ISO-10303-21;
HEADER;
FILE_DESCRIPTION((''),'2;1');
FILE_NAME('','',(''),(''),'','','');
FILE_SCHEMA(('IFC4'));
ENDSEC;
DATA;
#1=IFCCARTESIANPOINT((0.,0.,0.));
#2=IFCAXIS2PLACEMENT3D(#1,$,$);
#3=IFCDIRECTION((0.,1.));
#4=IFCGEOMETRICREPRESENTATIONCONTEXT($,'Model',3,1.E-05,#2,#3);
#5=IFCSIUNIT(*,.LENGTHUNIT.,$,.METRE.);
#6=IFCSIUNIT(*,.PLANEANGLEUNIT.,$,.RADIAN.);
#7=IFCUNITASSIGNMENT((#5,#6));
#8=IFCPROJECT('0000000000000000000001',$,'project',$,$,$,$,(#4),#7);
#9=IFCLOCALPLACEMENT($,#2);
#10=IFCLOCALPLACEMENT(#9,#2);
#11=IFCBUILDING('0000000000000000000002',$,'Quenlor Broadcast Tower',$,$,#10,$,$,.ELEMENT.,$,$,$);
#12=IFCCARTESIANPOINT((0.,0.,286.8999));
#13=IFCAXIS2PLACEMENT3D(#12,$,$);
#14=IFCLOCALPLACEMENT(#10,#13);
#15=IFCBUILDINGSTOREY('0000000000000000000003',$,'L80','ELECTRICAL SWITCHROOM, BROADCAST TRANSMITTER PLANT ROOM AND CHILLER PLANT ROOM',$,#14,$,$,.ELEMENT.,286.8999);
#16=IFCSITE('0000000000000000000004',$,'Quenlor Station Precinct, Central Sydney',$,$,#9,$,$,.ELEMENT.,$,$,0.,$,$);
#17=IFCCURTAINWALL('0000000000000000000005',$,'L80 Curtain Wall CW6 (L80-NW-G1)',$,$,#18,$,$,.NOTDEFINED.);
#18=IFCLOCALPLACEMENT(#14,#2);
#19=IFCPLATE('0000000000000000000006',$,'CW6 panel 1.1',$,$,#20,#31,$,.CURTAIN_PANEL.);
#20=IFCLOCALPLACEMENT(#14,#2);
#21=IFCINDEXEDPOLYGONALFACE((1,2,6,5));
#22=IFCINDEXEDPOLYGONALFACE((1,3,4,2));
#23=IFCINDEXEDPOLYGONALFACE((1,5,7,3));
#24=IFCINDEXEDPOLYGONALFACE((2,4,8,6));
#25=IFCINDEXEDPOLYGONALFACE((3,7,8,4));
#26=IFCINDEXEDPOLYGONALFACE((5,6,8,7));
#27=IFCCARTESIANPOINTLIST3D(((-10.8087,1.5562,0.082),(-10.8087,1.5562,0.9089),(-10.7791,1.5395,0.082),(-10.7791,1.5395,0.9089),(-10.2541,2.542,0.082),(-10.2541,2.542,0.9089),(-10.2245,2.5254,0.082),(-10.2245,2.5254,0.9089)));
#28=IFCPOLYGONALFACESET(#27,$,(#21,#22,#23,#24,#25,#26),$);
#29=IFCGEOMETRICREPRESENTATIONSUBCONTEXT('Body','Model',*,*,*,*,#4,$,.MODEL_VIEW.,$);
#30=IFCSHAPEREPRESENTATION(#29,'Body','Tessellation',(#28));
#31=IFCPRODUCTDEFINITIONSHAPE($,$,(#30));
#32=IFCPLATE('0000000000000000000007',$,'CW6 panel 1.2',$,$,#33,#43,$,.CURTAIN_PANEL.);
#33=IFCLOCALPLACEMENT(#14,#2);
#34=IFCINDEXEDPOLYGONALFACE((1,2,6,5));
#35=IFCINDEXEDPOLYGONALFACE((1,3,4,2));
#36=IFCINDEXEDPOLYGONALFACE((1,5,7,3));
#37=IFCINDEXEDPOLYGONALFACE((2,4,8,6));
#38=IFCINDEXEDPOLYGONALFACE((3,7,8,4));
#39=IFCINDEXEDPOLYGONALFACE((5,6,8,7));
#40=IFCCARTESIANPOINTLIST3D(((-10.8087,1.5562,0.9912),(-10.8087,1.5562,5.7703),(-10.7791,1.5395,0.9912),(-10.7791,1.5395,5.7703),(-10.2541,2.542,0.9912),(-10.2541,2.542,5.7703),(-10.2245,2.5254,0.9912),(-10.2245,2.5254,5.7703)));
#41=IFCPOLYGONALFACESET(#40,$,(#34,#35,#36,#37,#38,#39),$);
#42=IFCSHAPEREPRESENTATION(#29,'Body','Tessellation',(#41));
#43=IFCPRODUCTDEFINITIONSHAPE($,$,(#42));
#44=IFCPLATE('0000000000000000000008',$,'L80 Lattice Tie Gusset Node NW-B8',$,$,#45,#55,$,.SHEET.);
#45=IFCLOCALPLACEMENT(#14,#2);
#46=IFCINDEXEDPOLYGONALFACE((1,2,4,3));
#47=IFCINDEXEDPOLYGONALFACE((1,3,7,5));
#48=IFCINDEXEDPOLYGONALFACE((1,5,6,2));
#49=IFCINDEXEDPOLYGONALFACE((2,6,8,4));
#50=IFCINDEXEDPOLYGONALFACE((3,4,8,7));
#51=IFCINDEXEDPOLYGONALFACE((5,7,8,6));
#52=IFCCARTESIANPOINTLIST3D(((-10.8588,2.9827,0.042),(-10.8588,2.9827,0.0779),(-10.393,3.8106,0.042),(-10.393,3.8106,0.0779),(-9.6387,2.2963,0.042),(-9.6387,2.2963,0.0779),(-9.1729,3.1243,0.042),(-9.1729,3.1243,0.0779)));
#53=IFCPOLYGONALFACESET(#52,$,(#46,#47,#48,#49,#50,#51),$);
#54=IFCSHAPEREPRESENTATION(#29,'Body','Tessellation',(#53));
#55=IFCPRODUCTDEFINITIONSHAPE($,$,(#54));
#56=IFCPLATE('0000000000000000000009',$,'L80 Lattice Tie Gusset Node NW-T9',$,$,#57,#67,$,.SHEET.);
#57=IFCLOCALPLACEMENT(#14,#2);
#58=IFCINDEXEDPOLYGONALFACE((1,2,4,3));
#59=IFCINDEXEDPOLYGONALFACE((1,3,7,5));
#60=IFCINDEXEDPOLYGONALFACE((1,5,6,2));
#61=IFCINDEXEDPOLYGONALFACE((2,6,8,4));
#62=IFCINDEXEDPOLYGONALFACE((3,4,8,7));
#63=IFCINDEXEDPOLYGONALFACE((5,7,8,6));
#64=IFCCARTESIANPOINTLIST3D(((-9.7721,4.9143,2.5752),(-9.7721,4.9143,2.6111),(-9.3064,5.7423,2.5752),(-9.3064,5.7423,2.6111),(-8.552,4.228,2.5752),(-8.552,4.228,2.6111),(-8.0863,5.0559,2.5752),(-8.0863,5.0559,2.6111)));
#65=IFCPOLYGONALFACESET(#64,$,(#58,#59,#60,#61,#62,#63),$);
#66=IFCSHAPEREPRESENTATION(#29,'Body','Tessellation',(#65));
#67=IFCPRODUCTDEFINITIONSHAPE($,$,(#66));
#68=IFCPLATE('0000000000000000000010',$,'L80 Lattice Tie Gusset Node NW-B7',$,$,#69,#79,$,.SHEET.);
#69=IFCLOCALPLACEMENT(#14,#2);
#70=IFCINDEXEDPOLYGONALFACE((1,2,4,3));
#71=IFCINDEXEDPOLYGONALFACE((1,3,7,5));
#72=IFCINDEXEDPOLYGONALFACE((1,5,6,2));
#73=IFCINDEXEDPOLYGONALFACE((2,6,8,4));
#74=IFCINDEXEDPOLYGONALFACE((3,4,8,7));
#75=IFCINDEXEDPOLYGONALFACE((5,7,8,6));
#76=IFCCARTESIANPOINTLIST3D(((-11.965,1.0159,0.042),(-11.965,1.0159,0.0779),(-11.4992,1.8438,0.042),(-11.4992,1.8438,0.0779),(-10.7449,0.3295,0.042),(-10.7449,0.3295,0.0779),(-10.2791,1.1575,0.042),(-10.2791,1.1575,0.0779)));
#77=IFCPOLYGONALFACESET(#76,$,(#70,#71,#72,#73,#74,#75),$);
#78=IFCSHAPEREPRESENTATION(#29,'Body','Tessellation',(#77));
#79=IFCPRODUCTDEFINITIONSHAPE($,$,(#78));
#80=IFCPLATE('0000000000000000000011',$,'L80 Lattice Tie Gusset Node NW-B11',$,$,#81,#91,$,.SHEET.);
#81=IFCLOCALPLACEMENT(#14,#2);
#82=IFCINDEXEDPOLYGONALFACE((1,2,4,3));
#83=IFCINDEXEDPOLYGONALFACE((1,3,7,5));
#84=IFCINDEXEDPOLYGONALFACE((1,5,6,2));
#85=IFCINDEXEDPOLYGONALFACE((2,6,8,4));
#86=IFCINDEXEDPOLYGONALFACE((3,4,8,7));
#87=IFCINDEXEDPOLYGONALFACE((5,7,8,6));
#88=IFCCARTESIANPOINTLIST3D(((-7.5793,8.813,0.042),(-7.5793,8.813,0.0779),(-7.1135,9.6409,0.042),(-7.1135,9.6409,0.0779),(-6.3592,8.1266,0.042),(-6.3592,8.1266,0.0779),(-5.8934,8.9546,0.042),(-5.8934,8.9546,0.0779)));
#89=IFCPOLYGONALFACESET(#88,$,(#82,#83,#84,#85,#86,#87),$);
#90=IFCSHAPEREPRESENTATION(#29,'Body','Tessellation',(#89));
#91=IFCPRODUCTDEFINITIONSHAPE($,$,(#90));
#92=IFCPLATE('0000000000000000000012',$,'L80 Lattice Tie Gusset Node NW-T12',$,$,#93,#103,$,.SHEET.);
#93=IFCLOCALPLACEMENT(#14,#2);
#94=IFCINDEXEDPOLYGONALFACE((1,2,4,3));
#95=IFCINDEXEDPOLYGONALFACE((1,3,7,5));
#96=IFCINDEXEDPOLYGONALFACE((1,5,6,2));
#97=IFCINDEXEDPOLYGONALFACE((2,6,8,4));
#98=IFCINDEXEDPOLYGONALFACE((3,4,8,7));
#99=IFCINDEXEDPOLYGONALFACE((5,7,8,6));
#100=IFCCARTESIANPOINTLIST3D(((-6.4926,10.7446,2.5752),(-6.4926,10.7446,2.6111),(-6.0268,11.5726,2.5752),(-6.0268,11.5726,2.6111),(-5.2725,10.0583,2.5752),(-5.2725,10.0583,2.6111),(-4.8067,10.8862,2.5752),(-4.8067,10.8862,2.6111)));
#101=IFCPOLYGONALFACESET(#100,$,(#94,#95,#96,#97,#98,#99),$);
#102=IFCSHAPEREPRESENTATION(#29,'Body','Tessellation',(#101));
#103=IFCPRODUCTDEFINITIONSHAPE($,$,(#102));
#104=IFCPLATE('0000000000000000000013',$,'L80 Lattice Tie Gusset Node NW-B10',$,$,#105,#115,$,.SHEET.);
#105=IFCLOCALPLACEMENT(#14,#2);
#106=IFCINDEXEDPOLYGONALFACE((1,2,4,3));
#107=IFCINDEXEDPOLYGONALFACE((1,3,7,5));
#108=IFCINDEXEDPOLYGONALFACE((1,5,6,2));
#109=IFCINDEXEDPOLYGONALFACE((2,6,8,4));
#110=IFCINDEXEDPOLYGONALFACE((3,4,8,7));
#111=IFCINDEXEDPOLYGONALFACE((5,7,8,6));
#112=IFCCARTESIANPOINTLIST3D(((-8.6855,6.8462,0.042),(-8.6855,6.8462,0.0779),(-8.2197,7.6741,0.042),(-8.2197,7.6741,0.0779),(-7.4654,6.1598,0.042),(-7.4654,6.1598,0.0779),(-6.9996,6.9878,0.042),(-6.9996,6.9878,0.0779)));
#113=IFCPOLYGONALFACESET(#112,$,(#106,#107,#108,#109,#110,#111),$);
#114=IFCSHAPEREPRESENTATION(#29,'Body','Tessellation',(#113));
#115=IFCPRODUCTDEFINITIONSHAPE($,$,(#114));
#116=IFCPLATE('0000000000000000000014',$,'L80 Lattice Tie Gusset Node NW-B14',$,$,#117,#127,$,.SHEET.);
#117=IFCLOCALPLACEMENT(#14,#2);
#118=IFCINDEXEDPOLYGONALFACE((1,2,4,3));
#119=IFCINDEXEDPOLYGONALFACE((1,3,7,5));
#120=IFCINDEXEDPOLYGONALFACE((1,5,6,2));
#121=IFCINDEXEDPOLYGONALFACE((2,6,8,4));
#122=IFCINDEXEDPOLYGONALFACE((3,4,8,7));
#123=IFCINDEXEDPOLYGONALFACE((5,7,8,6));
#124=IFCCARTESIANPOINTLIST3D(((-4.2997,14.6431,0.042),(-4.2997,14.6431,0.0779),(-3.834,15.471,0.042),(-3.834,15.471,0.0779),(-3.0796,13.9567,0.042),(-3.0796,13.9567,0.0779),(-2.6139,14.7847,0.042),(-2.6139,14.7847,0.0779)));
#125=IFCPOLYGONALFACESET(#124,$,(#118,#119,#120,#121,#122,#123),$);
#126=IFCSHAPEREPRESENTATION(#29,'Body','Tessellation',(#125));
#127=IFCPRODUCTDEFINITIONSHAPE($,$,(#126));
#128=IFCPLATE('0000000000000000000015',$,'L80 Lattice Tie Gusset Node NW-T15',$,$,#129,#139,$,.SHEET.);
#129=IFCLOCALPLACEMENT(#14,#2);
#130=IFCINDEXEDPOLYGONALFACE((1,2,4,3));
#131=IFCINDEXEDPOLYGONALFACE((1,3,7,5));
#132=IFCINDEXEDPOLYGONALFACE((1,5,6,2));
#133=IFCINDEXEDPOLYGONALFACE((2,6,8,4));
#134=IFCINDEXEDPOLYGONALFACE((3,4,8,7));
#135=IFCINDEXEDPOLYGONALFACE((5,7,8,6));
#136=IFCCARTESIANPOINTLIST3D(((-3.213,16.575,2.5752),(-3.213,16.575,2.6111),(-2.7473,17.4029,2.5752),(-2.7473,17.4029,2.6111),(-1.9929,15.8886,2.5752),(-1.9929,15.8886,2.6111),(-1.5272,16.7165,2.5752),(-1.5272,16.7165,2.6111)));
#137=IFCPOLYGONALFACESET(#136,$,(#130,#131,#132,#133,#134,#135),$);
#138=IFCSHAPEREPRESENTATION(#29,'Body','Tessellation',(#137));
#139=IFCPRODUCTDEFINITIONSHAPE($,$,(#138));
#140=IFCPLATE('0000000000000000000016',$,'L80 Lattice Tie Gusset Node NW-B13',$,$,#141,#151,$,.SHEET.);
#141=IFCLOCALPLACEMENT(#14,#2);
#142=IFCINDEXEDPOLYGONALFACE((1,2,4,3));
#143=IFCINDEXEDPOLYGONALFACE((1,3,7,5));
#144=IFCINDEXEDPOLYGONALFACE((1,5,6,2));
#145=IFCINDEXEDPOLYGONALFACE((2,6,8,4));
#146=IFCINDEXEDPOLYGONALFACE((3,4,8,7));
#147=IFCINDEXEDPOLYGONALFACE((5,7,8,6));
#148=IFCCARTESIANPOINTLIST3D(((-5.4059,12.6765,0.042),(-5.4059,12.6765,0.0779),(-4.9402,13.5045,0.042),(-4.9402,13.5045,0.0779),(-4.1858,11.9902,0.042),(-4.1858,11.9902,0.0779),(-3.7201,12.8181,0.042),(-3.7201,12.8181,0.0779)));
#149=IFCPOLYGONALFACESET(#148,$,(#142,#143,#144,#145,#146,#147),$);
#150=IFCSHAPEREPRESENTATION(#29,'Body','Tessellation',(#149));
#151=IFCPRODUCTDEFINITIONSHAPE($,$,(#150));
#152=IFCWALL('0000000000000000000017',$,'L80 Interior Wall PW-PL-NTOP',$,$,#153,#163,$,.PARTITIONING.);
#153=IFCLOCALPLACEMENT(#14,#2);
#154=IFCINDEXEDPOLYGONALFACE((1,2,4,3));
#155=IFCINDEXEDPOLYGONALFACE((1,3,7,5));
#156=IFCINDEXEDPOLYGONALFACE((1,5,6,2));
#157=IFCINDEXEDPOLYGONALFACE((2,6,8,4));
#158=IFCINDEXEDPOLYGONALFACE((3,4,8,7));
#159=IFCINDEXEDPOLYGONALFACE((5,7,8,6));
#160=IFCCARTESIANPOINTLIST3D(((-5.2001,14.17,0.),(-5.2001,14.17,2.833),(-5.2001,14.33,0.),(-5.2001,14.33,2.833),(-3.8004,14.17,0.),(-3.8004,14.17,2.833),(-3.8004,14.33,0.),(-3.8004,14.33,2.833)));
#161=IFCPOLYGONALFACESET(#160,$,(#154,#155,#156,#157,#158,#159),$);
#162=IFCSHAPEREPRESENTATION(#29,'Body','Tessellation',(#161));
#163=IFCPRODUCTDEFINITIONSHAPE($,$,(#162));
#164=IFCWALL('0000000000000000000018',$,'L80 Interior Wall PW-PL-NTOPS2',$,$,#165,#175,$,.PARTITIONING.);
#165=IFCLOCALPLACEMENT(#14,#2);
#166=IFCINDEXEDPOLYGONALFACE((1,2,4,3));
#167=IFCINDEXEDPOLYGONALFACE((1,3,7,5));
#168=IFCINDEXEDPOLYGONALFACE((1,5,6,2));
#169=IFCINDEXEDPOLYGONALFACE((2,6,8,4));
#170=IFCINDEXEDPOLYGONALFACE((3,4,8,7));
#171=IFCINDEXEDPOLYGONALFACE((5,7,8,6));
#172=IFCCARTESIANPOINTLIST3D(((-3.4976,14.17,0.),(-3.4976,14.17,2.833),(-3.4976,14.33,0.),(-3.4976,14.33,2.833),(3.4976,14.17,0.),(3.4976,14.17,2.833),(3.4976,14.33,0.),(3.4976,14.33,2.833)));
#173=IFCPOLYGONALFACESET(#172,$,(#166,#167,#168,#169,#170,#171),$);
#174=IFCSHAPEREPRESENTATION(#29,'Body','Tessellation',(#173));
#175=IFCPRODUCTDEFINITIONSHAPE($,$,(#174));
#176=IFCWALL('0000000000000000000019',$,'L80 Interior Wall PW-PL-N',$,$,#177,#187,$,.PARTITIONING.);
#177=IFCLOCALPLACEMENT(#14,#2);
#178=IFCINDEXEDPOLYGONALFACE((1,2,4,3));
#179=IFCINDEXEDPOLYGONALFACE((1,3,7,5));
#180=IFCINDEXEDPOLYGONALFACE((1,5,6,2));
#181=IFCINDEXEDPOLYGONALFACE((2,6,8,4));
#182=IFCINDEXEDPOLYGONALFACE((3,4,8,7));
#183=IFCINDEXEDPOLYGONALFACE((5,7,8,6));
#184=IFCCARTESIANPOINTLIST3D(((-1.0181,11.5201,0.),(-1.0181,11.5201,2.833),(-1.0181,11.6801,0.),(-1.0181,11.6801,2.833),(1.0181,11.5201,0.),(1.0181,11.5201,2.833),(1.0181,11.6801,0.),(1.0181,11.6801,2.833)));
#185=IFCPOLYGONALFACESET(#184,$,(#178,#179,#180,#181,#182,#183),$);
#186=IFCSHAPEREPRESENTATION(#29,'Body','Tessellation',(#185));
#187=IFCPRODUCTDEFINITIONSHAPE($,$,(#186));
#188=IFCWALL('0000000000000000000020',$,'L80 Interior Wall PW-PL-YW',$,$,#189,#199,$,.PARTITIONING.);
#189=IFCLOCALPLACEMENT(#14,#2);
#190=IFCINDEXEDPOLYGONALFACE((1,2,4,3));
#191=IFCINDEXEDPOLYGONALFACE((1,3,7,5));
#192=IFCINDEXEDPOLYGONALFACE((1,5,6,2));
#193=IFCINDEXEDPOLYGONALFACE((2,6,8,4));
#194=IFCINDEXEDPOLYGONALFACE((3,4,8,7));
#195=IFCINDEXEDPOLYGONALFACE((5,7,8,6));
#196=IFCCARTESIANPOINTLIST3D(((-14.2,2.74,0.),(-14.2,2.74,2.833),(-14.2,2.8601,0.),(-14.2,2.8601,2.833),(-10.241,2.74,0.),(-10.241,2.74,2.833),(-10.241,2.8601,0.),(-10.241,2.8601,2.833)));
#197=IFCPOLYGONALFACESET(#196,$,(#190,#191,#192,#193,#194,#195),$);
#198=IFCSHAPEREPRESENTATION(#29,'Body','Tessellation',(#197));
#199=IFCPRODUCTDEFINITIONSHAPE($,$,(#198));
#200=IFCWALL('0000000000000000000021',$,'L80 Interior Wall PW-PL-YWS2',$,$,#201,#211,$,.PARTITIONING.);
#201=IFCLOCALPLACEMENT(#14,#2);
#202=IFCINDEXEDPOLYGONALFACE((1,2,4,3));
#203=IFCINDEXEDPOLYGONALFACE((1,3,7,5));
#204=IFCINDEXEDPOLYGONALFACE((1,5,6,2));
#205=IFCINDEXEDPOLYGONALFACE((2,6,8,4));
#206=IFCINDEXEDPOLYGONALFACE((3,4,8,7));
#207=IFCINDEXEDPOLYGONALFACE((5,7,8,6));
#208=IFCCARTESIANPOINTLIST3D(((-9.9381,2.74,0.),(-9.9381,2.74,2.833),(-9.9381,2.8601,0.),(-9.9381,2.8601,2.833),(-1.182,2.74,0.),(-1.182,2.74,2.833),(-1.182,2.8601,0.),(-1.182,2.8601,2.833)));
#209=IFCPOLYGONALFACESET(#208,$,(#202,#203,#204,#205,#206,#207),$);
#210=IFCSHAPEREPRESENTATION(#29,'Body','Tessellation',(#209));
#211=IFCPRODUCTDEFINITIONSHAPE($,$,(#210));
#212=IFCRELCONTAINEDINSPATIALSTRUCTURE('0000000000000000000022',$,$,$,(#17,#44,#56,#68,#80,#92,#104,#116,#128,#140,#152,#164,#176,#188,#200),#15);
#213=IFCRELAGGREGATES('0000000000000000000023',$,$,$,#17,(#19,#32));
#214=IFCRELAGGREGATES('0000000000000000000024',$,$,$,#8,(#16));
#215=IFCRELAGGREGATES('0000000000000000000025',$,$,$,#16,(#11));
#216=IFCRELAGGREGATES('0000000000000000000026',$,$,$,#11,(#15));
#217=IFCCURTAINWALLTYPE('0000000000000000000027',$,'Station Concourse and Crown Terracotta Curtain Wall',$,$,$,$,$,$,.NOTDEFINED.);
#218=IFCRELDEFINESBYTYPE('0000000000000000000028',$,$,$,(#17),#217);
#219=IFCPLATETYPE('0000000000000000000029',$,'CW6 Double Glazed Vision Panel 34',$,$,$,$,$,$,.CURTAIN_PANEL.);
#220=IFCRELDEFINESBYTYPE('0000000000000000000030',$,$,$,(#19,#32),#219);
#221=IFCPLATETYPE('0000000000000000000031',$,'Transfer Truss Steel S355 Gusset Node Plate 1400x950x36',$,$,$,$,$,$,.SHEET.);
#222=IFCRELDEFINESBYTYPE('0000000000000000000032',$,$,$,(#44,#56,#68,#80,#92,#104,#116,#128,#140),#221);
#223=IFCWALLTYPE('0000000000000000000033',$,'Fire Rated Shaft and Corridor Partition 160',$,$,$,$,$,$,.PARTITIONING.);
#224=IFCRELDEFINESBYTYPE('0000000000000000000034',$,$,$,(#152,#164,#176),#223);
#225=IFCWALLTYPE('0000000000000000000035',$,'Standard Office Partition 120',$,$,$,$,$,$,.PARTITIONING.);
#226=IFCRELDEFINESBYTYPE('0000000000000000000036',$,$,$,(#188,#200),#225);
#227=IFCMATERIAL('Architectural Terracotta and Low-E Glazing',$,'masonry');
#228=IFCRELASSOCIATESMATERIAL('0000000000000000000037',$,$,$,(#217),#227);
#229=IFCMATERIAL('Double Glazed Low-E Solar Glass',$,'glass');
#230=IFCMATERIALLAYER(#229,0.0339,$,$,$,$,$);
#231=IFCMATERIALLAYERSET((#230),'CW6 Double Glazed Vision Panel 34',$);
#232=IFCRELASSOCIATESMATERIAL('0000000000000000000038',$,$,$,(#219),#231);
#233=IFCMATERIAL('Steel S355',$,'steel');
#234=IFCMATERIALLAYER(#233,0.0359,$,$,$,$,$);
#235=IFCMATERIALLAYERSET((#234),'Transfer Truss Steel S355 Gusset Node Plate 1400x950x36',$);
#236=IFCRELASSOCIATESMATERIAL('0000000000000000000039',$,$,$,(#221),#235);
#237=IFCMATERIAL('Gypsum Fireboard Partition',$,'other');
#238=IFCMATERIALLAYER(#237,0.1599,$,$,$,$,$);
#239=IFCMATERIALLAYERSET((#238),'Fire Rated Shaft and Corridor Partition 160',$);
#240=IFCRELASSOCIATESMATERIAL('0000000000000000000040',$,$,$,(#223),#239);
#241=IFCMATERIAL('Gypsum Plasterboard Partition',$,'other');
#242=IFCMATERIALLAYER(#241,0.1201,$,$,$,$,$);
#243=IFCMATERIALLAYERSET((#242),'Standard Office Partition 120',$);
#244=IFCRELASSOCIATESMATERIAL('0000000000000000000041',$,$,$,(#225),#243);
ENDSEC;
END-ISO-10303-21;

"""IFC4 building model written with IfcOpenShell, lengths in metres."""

from ifc_helpers import new_model, si_unit, direction, frame, frame_2d, origin, origin_2d, place, context, subcontext, project, spatial, rectangle, extrude, material, layer, layer_set, type_object, element, aggregate, save


model = new_model("IFC4")

# Units and contexts
model_context = context("Model", 3, precision=1e-05, world=origin(), true_north=direction((0.0, 1.0)))
body_context = subcontext(model_context, "Body", "Model", "MODEL_VIEW")
ifc_project = project(units=[si_unit("LENGTHUNIT", "METRE"), si_unit("PLANEANGLEUNIT", "RADIAN")], contexts=[model_context])

# Site, building, storey
site_placement = place(None, origin())
site = spatial("IfcSite", under=ifc_project, at=site_placement, Name="Quenlor Station Precinct, Central Sydney", CompositionType="ELEMENT", RefElevation=0.0)
building_placement = place(site_placement, origin())
building = spatial("IfcBuilding", under=site, at=building_placement, Name="Quenlor Broadcast Tower", CompositionType="ELEMENT")
storey_placement = place(building_placement, frame((0.0, 0.0, 286.8999)))
storey = spatial("IfcBuildingStorey", under=building, at=storey_placement, Name="L80", Description="ELECTRICAL SWITCHROOM, BROADCAST TRANSMITTER PLANT ROOM AND CHILLER PLANT ROOM", CompositionType="ELEMENT", Elevation=286.8999)

# Curtain wall
ifc_material_1 = material(Name="Architectural Terracotta and Low-E Glazing", Category="masonry")
curtain_wall_type = type_object("IfcCurtainWallType", Name="Station Concourse and Crown Terracotta Curtain Wall", PredefinedType="NOTDEFINED", material=ifc_material_1)
curtain_wall_placement = place(storey_placement, origin())
curtain_wall = element("IfcCurtainWall", 1, at=curtain_wall_placement, inside=storey, type_object=curtain_wall_type, Name="L80 Curtain Wall CW6 (L80-NW-G1)", PredefinedType="NOTDEFINED")

# Plates
ifc_material_2 = material(Name="Double Glazed Low-E Solar Glass", Category="glass")
ifc_layer_1 = layer(ifc_material_2, 0.0339)
ifc_layer_set_1 = layer_set([ifc_layer_1], Name="CW6 Double Glazed Vision Panel 34")
plate_type_1 = type_object("IfcPlateType", Name="CW6 Double Glazed Vision Panel 34", PredefinedType="CURTAIN_PANEL", material=ifc_layer_set_1)
plate_1_placement = place(storey_placement, frame((-10.5166, 2.0408, 0.082), z_axis=(0.0, 0.0, 1.0), x_axis=(0.490291, 0.871559, 0.0)))
plate_1 = element("IfcPlate", 2, at=plate_1_placement, type_object=plate_type_1, Name="CW6 panel 1.1", PredefinedType="CURTAIN_PANEL", context=body_context, shape_type="SweptSolid", body=[
    extrude(rectangle(XDim=1.1311, YDim=0.0339, at=origin_2d()), origin(), (0.0, 0.0, 1.0), 0.8269),
])
plate_2_placement = place(storey_placement, frame((-10.5166, 2.0408, 0.9912), z_axis=(0.0, 0.0, 1.0), x_axis=(0.490291, 0.871559, 0.0)))
plate_2 = element("IfcPlate", 3, at=plate_2_placement, type_object=plate_type_1, Name="CW6 panel 1.2", PredefinedType="CURTAIN_PANEL", context=body_context, shape_type="SweptSolid", body=[
    extrude(rectangle(XDim=1.1311, YDim=0.0339, at=origin_2d()), origin(), (0.0, 0.0, 1.0), 4.7791),
])
aggregate(curtain_wall, [plate_1, plate_2])

# Plates
ifc_material_3 = material(Name="Steel S355", Category="steel")
ifc_layer_2 = layer(ifc_material_3, 0.0359)
ifc_layer_set_2 = layer_set([ifc_layer_2], Name="Transfer Truss Steel S355 Gusset Node Plate 1400x950x36")
plate_type_2 = type_object("IfcPlateType", Name="Transfer Truss Steel S355 Gusset Node Plate 1400x950x36", PredefinedType="SHEET", material=ifc_layer_set_2)
for number, where, z_axis, x_axis, name in (
    (4, (-10.0159, 3.0535, 0.042), (0.0, 0.0, 1.0), (-0.871556, 0.490295, 0.0), "L80 Lattice Tie Gusset Node NW-B8"),
    (5, (-8.9292, 4.9851, 2.5752), (0.0, 0.0, 1.0), (-0.871556, 0.490295, 0.0), "L80 Lattice Tie Gusset Node NW-T9"),
    (6, (-11.1221, 1.0867, 0.042), (0.0, 0.0, 1.0), (-0.871556, 0.490295, 0.0), "L80 Lattice Tie Gusset Node NW-B7"),
    (7, (-6.7363, 8.8838, 0.042), (0.0, 0.0, 1.0), (-0.871556, 0.490295, 0.0), "L80 Lattice Tie Gusset Node NW-B11"),
    (8, (-5.6497, 10.8154, 2.5752), (0.0, 0.0, 1.0), (-0.871556, 0.490295, 0.0), "L80 Lattice Tie Gusset Node NW-T12"),
    (9, (-7.8425, 6.917, 0.042), (0.0, 0.0, 1.0), (-0.871556, 0.490295, 0.0), "L80 Lattice Tie Gusset Node NW-B10"),
    (10, (-3.4568, 14.7139, 0.042), (0.0, 0.0, 1.0), (-0.871556, 0.490295, 0.0), "L80 Lattice Tie Gusset Node NW-B14"),
    (11, (-2.3701, 16.6458, 2.5752), (0.0, 0.0, 1.0), (-0.871556, 0.490295, 0.0), "L80 Lattice Tie Gusset Node NW-T15"),
    (12, (-4.563, 12.7473, 0.042), (0.0, 0.0, 1.0), (-0.871556, 0.490295, 0.0), "L80 Lattice Tie Gusset Node NW-B13"),
):
    element("IfcPlate", number, at=place(storey_placement, frame(where, z_axis=z_axis, x_axis=x_axis)), inside=storey, type_object=plate_type_2, Name=name, PredefinedType="SHEET", context=body_context, shape_type="SweptSolid", body=[
        extrude(rectangle(XDim=1.3999, YDim=0.95, at=origin_2d()), origin(), (0.0, 0.0, 1.0), 0.0359),
    ])

# Walls
ifc_material_4 = material(Name="Gypsum Fireboard Partition", Category="other")
ifc_layer_3 = layer(ifc_material_4, 0.1599)
ifc_layer_set_3 = layer_set([ifc_layer_3], Name="Fire Rated Shaft and Corridor Partition 160")
wall_type_1 = type_object("IfcWallType", Name="Fire Rated Shaft and Corridor Partition 160", PredefinedType="PARTITIONING", material=ifc_layer_set_3)
wall_1_placement = place(storey_placement, frame((-5.2, 14.25, 0.0), z_axis=(0.0, 0.0, 1.0), x_axis=(1.0, 0.0, 0.0)))
element("IfcWall", 13, at=wall_1_placement, inside=storey, type_object=wall_type_1, Name="L80 Interior Wall PW-PL-NTOP", PredefinedType="PARTITIONING", context=body_context, shape_type="SweptSolid", body=[
    extrude(rectangle(XDim=1.3997, YDim=0.1599, at=frame_2d((0.6997, 0.0))), origin(), (0.0, 0.0, 1.0), 2.833),
])
wall_2_placement = place(storey_placement, frame((-3.4976, 14.25, 0.0), z_axis=(0.0, 0.0, 1.0), x_axis=(1.0, 0.0, 0.0)))
element("IfcWall", 14, at=wall_2_placement, inside=storey, type_object=wall_type_1, Name="L80 Interior Wall PW-PL-NTOPS2", PredefinedType="PARTITIONING", context=body_context, shape_type="SweptSolid", body=[
    extrude(rectangle(XDim=6.9951, YDim=0.1599, at=frame_2d((3.4976, 0.0))), origin(), (0.0, 0.0, 1.0), 2.833),
])
wall_3_placement = place(storey_placement, frame((-1.0181, 11.6001, 0.0), z_axis=(0.0, 0.0, 1.0), x_axis=(1.0, 0.0, 0.0)))
element("IfcWall", 15, at=wall_3_placement, inside=storey, type_object=wall_type_1, Name="L80 Interior Wall PW-PL-N", PredefinedType="PARTITIONING", context=body_context, shape_type="SweptSolid", body=[
    extrude(rectangle(XDim=2.0361, YDim=0.1599, at=frame_2d((1.0181, 0.0))), origin(), (0.0, 0.0, 1.0), 2.833),
])
ifc_material_5 = material(Name="Gypsum Plasterboard Partition", Category="other")
ifc_layer_4 = layer(ifc_material_5, 0.1201)
ifc_layer_set_4 = layer_set([ifc_layer_4], Name="Standard Office Partition 120")
wall_type_2 = type_object("IfcWallType", Name="Standard Office Partition 120", PredefinedType="PARTITIONING", material=ifc_layer_set_4)
wall_4_placement = place(storey_placement, frame((-14.2, 2.8, 0.0), z_axis=(0.0, 0.0, 1.0), x_axis=(1.0, 0.0, 0.0)))
element("IfcWall", 16, at=wall_4_placement, inside=storey, type_object=wall_type_2, Name="L80 Interior Wall PW-PL-YW", PredefinedType="PARTITIONING", context=body_context, shape_type="SweptSolid", body=[
    extrude(rectangle(XDim=3.959, YDim=0.1201, at=frame_2d((1.9795, 0.0))), origin(), (0.0, 0.0, 1.0), 2.833),
])
wall_5_placement = place(storey_placement, frame((-9.938, 2.8, 0.0), z_axis=(0.0, 0.0, 1.0), x_axis=(1.0, 0.0, 0.0)))
element("IfcWall", 17, at=wall_5_placement, inside=storey, type_object=wall_type_2, Name="L80 Interior Wall PW-PL-YWS2", PredefinedType="PARTITIONING", context=body_context, shape_type="SweptSolid", body=[
    extrude(rectangle(XDim=8.7561, YDim=0.1201, at=frame_2d((4.3779, 0.0))), origin(), (0.0, 0.0, 1.0), 2.833),
])

save(model, "model.ifc")
